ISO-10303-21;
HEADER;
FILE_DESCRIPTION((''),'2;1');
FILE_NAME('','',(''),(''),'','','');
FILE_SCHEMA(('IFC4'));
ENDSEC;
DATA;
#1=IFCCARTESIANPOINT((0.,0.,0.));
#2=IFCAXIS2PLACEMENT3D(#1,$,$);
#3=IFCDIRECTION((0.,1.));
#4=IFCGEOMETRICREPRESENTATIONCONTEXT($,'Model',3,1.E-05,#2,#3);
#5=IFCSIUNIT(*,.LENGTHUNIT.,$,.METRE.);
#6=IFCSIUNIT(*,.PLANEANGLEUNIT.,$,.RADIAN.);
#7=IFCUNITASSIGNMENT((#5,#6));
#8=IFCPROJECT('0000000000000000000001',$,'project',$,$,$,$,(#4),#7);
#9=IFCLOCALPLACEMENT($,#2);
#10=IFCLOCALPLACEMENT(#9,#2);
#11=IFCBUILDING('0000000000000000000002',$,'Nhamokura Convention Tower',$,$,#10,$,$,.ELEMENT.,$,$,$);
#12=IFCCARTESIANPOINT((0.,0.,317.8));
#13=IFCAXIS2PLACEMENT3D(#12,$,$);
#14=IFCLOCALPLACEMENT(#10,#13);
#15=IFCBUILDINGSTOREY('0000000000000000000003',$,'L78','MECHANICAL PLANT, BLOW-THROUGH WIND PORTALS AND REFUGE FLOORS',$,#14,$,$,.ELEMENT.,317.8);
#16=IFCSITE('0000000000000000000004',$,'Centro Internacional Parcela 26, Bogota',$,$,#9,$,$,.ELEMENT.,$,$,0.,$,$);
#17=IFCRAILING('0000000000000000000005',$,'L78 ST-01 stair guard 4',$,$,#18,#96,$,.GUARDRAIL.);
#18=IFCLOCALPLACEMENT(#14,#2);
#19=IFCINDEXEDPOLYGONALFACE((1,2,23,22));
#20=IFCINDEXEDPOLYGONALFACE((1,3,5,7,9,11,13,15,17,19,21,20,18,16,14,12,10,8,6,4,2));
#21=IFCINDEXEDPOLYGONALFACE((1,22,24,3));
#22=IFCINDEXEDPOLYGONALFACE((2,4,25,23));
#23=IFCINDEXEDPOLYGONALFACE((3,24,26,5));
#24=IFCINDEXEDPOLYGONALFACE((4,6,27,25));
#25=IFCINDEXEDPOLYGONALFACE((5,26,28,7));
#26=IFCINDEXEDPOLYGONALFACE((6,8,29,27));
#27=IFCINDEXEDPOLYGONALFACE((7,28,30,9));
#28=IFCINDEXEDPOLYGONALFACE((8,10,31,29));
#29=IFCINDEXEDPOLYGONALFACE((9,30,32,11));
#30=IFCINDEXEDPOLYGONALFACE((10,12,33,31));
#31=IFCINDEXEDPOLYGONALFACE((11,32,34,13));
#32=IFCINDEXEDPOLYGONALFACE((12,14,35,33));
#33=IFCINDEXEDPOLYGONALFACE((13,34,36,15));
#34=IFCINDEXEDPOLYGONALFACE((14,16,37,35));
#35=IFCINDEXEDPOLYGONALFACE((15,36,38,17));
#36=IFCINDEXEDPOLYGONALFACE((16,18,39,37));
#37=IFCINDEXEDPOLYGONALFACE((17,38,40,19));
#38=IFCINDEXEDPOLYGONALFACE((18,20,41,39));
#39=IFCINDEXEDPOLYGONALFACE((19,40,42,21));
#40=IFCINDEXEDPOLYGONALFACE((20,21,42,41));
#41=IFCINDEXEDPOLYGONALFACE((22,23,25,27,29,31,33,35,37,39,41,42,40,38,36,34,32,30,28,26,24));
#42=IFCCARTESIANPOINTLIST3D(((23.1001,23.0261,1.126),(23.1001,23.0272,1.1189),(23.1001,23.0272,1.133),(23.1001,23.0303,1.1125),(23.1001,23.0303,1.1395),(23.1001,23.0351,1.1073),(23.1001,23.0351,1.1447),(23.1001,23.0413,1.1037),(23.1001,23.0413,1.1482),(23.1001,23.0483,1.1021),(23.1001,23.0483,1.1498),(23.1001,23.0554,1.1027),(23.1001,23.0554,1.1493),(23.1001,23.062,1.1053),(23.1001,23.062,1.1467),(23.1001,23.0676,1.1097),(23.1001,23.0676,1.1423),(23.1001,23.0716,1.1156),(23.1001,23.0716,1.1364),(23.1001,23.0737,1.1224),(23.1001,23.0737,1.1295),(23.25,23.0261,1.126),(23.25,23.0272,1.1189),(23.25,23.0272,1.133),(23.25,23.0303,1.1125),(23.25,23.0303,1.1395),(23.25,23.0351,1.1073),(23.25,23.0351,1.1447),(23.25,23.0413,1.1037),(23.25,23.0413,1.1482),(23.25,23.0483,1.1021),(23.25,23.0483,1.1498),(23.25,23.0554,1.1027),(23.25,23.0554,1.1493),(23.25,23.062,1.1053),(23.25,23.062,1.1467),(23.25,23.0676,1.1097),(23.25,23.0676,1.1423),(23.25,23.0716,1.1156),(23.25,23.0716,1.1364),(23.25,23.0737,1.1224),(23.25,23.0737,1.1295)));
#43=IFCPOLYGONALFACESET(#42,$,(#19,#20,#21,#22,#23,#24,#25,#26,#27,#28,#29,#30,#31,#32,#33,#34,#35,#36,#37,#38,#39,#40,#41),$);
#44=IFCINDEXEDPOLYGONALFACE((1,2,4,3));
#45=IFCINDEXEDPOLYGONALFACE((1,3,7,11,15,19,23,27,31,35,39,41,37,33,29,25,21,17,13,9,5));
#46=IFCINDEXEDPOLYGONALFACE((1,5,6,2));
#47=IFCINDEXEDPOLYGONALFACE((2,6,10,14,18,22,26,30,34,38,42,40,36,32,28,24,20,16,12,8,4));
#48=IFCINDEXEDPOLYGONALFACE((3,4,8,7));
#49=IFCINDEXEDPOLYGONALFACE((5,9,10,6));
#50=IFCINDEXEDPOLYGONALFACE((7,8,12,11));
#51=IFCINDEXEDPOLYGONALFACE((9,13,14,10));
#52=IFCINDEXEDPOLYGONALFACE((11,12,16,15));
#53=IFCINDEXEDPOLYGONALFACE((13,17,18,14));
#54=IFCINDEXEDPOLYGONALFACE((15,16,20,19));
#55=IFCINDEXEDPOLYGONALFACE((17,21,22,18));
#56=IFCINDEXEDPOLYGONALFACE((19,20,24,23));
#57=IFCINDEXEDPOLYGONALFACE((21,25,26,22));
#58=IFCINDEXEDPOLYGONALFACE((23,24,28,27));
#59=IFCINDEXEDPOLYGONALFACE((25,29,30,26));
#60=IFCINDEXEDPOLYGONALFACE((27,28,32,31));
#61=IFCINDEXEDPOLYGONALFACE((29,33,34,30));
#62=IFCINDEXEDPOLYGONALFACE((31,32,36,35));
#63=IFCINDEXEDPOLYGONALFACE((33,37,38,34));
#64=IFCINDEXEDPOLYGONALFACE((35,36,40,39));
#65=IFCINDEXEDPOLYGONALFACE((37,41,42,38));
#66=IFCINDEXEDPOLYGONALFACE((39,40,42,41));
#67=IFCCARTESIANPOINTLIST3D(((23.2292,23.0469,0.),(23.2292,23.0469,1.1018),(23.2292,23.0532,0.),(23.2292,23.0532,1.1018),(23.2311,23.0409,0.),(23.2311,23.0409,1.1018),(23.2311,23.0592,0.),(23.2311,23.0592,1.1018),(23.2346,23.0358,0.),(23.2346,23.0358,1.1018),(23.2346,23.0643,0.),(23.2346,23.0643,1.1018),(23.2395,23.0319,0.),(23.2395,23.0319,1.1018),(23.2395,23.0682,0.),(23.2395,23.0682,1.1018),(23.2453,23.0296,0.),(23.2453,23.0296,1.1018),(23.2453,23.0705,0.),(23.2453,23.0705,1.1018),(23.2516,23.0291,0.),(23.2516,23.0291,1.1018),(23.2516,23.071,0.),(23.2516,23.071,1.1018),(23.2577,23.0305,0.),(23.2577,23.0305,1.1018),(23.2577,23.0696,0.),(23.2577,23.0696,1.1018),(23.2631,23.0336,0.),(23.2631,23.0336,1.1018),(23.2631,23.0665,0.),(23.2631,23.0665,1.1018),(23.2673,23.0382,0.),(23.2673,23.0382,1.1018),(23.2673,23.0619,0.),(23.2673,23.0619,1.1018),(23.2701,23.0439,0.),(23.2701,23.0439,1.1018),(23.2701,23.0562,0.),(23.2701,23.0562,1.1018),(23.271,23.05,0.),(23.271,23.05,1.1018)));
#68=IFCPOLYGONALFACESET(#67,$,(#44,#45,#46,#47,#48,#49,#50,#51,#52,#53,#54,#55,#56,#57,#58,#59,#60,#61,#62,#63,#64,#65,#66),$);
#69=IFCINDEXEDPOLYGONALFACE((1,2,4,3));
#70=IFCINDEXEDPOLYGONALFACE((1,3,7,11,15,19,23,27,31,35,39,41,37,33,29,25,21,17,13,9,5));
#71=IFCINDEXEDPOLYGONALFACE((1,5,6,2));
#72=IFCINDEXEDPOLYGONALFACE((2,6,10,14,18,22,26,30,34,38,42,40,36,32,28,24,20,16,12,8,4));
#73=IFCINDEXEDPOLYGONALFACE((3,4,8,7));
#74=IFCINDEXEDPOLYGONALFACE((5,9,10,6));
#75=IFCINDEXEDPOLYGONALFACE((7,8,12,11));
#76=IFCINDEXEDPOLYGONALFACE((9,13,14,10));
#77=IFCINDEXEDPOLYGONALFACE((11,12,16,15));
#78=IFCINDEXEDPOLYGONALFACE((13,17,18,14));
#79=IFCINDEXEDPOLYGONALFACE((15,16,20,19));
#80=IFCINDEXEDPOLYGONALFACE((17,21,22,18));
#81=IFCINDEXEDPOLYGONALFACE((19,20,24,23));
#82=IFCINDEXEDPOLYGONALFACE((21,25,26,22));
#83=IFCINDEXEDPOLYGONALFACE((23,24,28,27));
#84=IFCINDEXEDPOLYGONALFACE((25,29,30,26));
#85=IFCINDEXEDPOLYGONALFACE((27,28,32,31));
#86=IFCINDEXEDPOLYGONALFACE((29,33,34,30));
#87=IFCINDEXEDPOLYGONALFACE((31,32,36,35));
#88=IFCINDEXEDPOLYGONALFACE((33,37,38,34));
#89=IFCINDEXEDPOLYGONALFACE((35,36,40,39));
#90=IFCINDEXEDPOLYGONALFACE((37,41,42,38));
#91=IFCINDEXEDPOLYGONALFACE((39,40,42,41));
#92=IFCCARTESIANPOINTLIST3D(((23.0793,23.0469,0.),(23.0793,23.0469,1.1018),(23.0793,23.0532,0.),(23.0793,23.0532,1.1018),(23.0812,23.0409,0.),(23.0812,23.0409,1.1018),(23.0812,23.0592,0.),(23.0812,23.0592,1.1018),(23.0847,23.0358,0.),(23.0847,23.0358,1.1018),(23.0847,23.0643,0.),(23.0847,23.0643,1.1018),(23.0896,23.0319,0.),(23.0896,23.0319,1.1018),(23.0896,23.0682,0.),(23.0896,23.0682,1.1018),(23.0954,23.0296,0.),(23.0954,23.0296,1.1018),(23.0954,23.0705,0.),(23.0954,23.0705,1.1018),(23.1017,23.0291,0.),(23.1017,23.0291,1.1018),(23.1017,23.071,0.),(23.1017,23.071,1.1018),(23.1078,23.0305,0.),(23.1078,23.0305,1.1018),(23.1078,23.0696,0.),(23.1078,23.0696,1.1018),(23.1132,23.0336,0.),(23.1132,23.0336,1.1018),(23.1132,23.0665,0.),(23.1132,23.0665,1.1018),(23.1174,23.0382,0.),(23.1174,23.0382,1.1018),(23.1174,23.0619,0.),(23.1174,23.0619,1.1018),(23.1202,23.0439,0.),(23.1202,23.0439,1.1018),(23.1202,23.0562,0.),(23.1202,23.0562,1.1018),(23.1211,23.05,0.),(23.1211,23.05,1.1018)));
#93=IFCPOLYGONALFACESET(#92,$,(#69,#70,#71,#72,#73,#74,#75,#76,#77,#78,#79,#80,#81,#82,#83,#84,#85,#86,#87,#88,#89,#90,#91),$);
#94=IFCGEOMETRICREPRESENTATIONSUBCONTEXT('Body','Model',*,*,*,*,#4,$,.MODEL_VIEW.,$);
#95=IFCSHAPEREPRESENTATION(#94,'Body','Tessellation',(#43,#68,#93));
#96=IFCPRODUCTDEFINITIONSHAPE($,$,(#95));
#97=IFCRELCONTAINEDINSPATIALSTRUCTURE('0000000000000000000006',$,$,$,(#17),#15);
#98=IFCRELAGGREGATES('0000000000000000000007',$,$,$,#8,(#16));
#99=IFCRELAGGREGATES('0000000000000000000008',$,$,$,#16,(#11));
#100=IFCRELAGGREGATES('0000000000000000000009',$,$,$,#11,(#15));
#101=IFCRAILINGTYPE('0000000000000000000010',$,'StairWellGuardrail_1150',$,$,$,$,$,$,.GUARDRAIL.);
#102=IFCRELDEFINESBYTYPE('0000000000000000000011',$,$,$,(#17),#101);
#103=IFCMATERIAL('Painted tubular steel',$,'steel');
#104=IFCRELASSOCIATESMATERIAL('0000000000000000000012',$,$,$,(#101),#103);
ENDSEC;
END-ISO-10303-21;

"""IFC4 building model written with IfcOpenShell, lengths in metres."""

from ifc_helpers import new_model, si_unit, direction, frame, origin, origin_2d, place, context, subcontext, project, spatial, circle, extrude, material, type_object, element, save


model = new_model("IFC4")

# Units and contexts
model_context = context("Model", 3, precision=1e-05, world=origin(), true_north=direction((0.0, 1.0)))
body_context = subcontext(model_context, "Body", "Model", "MODEL_VIEW")
ifc_project = project(units=[si_unit("LENGTHUNIT", "METRE"), si_unit("PLANEANGLEUNIT", "RADIAN")], contexts=[model_context])

# Site, building, storey
site_placement = place(None, origin())
site = spatial("IfcSite", under=ifc_project, at=site_placement, Name="Centro Internacional Parcela 26, Bogota", CompositionType="ELEMENT", RefElevation=0.0)
building_placement = place(site_placement, origin())
building = spatial("IfcBuilding", under=site, at=building_placement, Name="Nhamokura Convention Tower", CompositionType="ELEMENT")
storey_placement = place(building_placement, frame((0.0, 0.0, 317.8)))
storey = spatial("IfcBuildingStorey", under=building, at=storey_placement, Name="L78", Description="MECHANICAL PLANT, BLOW-THROUGH WIND PORTALS AND REFUGE FLOORS", CompositionType="ELEMENT", Elevation=317.8)

# Railing
ifc_material_1 = material(Name="Painted tubular steel", Category="steel")
railing_type_1 = type_object("IfcRailingType", Name="StairWellGuardrail_1150", PredefinedType="GUARDRAIL", material=ifc_material_1)
railing_1_placement = place(storey_placement, frame((23.25, 23.05, 0.0)))
element("IfcRailing", 1, at=railing_1_placement, inside=storey, type_object=railing_type_1, Name="L78 ST-01 stair guard 4", PredefinedType="GUARDRAIL", context=body_context, shape_type="SweptSolid", body=[
    extrude(circle(Radius=0.0239, at=origin_2d()), frame((0.0, 0.0, 1.126), z_axis=(-1.0, 0.0, 0.0), x_axis=(0.0, -1.0, 0.0)), (0.0, 0.0, 1.0), 0.1499),
    extrude(circle(Radius=0.021, at=origin_2d()), origin(), (0.0, 0.0, 1.0), 1.1018),
    extrude(circle(Radius=0.021, at=origin_2d()), frame((-0.1499, 0.0, 0.0)), (0.0, 0.0, 1.0), 1.1018),
])

save(model, "model.ifc")
